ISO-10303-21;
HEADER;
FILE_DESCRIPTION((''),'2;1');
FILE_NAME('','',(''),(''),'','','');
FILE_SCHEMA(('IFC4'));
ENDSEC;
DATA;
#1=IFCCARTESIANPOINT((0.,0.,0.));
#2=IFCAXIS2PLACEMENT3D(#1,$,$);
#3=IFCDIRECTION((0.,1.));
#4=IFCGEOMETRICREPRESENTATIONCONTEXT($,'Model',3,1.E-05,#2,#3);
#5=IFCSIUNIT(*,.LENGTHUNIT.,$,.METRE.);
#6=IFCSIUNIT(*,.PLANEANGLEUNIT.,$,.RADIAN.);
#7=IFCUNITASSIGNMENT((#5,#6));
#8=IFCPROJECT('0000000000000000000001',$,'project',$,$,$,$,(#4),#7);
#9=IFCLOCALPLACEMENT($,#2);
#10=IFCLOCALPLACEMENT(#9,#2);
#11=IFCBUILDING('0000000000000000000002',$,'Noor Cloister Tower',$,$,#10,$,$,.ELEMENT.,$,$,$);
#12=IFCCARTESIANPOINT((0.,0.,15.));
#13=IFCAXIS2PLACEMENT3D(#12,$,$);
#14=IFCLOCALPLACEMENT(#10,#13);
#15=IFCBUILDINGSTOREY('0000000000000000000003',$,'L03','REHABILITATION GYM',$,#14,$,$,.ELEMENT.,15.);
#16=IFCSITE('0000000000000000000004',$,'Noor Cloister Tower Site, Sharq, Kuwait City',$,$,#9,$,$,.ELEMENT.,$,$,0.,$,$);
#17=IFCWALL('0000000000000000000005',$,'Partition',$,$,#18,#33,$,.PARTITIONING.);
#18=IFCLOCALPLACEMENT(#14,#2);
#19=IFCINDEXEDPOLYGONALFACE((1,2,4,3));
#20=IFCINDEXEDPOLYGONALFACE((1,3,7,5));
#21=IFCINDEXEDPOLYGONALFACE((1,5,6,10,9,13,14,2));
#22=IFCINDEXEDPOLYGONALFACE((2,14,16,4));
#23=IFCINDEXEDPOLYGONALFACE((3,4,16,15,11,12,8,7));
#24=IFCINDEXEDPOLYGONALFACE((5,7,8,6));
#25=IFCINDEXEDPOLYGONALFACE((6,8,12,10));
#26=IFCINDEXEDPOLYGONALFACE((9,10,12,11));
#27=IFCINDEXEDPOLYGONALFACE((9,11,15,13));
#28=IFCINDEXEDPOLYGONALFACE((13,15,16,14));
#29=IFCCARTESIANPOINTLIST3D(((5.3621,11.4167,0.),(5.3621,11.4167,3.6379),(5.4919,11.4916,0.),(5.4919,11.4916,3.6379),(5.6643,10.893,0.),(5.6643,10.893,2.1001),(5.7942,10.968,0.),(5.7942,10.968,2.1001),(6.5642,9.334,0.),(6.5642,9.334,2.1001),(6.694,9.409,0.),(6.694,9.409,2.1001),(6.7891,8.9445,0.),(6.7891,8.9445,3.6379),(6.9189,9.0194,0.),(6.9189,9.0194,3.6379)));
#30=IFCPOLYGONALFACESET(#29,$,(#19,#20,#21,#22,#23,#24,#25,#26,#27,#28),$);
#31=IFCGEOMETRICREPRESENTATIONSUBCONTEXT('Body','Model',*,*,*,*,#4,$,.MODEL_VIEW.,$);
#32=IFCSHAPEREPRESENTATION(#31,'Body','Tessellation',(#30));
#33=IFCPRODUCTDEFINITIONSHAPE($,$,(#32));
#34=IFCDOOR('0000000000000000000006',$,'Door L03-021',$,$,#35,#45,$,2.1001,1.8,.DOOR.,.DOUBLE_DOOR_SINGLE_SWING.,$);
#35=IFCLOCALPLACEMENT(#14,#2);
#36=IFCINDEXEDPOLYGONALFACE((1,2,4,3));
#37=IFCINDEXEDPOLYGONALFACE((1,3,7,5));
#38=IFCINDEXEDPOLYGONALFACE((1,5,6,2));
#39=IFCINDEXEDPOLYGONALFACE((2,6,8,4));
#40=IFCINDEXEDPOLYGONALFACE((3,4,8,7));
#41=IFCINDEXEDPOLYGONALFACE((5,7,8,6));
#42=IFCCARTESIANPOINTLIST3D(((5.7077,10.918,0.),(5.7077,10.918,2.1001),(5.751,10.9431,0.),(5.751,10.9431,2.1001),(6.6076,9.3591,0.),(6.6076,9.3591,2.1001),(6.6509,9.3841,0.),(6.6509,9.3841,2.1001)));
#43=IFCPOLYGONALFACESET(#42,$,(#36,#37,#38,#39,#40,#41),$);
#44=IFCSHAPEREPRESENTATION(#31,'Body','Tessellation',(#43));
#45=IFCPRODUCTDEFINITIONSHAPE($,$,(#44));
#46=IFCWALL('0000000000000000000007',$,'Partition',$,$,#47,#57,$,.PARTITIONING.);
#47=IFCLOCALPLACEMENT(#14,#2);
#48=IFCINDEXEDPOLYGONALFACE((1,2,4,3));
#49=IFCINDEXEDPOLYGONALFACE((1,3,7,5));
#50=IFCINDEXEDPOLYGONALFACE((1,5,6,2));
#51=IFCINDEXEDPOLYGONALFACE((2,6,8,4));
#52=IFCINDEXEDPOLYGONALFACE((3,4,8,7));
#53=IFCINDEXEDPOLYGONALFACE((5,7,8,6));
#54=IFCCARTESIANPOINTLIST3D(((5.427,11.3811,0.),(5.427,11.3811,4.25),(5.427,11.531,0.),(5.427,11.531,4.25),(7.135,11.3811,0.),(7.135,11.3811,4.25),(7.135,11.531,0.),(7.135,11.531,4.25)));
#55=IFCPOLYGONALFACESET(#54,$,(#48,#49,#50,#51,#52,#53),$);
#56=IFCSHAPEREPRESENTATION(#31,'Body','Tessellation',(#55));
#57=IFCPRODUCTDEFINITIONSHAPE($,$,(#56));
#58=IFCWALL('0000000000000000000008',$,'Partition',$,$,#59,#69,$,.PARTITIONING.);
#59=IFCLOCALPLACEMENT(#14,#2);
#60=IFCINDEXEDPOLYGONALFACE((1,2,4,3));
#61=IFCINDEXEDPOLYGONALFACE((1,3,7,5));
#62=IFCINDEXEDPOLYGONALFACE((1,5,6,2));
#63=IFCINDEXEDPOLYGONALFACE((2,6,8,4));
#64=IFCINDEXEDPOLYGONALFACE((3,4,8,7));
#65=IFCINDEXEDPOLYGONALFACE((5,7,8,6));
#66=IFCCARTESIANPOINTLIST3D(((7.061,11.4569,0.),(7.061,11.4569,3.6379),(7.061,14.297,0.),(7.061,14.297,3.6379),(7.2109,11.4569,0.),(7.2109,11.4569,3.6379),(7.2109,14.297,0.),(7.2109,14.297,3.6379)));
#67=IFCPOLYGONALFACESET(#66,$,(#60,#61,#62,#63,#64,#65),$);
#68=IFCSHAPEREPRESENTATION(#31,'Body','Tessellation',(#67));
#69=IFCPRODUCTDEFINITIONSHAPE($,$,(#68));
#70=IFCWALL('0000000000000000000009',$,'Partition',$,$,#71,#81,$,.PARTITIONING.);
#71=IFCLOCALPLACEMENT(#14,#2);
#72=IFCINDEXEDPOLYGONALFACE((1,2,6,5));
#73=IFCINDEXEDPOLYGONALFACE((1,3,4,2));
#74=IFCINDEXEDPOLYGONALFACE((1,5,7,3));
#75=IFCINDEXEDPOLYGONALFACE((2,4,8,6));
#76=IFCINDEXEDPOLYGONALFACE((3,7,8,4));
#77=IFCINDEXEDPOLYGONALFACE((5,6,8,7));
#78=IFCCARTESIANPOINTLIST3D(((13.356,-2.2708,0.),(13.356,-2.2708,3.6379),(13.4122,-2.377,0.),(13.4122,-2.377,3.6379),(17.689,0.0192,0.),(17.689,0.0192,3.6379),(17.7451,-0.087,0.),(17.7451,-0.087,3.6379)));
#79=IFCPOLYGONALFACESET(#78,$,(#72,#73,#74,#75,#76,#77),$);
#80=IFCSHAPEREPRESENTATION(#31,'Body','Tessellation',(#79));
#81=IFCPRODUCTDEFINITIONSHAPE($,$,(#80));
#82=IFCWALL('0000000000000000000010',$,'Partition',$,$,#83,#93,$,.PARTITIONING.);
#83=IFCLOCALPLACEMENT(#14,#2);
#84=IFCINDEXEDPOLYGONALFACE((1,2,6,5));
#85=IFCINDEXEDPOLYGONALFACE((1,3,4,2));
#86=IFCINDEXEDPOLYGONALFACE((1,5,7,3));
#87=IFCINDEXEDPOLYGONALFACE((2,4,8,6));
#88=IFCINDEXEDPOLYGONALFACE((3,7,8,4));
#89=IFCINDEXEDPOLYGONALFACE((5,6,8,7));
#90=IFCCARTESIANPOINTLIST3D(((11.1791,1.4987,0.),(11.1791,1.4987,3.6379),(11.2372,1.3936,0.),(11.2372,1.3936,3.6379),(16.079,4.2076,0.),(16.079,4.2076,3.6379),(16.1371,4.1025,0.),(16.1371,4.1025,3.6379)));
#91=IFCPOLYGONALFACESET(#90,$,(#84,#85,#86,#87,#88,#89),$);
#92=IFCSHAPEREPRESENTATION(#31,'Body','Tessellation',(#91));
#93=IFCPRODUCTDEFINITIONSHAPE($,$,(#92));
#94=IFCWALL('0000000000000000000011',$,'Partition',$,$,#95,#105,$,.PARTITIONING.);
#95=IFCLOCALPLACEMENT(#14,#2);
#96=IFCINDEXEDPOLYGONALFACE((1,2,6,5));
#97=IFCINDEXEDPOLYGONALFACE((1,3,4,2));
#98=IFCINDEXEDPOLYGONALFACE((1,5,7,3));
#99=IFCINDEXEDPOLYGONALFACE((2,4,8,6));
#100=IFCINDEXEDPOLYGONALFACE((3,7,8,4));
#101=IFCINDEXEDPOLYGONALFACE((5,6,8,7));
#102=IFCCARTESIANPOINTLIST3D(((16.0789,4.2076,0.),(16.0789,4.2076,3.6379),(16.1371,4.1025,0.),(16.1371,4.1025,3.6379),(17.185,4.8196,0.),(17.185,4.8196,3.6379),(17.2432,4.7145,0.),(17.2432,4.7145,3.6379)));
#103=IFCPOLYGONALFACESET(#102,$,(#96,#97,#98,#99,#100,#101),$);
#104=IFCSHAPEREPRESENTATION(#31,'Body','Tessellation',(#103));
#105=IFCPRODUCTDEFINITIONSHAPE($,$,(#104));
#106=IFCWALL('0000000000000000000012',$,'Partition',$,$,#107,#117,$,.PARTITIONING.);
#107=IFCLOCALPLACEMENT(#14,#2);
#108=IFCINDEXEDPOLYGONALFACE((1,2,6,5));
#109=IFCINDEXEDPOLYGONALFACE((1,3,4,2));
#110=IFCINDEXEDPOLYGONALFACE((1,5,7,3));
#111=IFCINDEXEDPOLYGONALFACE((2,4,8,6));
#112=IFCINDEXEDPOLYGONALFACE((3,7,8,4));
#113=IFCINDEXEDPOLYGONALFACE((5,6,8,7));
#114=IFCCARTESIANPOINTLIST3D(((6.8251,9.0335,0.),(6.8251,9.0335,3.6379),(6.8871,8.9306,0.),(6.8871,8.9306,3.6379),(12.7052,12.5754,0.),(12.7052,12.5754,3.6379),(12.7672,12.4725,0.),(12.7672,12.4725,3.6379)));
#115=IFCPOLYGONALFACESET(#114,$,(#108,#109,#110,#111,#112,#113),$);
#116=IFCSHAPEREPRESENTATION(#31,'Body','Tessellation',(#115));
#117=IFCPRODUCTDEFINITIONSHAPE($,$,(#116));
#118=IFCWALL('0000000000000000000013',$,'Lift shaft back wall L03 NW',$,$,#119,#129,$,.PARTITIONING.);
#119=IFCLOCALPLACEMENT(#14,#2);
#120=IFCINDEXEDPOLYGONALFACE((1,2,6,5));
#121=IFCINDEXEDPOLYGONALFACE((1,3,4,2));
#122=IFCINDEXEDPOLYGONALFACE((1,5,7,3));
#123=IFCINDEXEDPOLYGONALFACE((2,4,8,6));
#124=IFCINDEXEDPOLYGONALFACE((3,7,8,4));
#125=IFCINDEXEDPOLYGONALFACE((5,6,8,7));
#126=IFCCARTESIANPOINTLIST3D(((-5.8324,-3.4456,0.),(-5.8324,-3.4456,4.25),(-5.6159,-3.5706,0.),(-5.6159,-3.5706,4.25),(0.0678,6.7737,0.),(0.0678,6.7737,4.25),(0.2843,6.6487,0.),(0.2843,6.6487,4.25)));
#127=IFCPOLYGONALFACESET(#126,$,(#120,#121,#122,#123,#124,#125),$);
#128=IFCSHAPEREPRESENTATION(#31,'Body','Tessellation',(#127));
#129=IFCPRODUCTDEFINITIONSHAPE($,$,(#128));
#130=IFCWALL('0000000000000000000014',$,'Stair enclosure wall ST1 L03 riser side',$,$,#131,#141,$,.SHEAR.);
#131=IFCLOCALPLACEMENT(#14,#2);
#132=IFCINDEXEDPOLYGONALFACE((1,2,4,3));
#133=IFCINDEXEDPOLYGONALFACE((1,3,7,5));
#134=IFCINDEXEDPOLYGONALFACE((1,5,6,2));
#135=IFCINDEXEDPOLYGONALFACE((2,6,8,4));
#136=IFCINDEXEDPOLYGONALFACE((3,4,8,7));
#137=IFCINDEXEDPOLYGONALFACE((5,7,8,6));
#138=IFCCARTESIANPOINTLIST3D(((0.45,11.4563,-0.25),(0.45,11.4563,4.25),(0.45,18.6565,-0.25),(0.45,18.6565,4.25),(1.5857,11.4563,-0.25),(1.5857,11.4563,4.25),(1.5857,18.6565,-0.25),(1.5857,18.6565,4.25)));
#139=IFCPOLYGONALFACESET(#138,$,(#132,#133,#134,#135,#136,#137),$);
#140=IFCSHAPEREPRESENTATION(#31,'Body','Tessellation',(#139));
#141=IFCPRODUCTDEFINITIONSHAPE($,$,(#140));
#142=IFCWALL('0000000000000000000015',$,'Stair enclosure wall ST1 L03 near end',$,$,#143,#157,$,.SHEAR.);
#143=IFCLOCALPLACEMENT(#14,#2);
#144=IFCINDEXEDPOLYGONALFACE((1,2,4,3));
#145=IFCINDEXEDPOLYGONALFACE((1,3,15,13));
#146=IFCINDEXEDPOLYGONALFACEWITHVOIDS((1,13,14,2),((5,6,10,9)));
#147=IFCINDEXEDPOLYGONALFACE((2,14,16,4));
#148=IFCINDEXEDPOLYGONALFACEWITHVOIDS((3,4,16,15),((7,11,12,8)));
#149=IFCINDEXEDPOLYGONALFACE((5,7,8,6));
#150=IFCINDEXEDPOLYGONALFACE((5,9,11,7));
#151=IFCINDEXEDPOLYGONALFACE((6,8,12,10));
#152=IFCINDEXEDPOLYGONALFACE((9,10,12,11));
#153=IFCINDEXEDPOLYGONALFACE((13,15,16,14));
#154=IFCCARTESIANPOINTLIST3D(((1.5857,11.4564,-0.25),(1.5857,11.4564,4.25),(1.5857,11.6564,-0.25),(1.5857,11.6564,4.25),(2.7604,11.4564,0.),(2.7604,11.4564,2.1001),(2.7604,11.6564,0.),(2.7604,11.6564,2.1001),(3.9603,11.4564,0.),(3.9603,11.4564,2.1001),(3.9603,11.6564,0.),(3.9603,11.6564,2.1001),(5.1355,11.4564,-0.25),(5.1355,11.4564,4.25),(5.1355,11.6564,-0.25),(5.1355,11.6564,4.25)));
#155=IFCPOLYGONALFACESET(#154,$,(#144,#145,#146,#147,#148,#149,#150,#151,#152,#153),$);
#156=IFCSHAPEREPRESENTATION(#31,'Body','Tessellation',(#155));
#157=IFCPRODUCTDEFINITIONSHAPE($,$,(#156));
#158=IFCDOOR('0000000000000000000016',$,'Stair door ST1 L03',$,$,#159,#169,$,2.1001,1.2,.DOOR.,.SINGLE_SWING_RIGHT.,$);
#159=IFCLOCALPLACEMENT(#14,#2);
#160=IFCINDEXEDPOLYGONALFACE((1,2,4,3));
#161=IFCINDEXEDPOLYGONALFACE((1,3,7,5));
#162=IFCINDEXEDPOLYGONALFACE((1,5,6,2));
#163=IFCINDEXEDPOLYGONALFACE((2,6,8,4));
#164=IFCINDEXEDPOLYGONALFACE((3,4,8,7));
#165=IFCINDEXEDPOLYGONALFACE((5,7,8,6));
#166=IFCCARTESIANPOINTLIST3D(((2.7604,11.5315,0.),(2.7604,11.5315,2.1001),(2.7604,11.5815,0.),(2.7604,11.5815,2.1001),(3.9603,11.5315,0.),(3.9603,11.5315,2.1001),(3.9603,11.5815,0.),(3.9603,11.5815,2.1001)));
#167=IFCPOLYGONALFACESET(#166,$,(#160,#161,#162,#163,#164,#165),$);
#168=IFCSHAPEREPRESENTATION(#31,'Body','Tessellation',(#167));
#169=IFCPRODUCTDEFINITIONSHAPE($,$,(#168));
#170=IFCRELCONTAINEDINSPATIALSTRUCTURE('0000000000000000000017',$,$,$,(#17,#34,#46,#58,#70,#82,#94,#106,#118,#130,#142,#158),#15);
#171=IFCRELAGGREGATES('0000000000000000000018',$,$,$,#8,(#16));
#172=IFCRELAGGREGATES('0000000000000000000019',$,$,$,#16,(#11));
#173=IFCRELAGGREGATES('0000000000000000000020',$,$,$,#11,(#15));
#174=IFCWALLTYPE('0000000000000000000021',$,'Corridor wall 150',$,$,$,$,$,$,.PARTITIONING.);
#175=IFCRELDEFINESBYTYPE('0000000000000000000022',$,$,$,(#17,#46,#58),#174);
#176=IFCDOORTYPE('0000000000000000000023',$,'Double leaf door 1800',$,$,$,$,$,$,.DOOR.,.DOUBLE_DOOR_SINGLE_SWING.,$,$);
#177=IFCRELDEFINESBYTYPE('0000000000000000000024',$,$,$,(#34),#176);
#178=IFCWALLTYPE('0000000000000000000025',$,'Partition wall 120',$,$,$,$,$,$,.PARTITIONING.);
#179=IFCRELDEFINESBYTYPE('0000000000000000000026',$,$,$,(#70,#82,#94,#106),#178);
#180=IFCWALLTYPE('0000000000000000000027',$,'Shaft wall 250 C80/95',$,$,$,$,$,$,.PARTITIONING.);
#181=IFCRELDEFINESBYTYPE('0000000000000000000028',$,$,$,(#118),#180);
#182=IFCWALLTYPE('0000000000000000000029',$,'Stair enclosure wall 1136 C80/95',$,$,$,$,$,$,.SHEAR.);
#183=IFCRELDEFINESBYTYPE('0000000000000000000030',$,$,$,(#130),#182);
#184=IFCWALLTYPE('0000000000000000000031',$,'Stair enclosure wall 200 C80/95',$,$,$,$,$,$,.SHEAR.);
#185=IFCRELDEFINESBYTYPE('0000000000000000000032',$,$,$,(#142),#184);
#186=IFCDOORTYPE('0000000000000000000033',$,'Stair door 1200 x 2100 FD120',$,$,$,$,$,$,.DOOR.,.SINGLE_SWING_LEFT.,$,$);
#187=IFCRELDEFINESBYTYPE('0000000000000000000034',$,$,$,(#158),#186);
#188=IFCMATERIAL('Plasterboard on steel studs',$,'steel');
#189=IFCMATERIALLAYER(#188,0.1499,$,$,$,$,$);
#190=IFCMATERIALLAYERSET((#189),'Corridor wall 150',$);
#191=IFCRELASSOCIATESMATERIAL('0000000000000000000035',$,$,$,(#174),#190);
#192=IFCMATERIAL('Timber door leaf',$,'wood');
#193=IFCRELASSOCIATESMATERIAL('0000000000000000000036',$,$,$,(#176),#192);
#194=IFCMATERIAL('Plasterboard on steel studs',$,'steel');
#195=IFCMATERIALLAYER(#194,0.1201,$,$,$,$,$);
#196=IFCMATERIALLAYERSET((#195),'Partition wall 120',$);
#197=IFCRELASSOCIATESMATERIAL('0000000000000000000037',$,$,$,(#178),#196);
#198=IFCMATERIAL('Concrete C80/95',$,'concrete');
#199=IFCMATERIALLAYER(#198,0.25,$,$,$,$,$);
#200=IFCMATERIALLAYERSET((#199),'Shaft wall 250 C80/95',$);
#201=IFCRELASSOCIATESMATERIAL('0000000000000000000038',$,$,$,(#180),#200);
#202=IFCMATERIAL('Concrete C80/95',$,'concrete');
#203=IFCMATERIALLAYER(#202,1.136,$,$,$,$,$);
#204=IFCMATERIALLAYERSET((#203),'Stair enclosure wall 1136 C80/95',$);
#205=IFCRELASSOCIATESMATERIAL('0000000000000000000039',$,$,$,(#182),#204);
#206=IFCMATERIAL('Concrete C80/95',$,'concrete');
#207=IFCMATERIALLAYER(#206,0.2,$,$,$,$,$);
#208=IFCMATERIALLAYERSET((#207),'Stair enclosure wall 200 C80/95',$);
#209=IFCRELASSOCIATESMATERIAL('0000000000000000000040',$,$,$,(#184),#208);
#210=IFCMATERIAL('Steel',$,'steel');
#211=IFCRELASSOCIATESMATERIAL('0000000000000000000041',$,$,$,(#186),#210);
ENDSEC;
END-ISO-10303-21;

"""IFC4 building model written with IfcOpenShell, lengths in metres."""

from ifc_helpers import new_model, si_unit, direction, frame, frame_2d, origin, place, context, subcontext, project, spatial, rectangle, extrude, material, layer, layer_set, type_object, element, fill, save


model = new_model("IFC4")

# Units and contexts
model_context = context("Model", 3, precision=1e-05, world=origin(), true_north=direction((0.0, 1.0)))
body_context = subcontext(model_context, "Body", "Model", "MODEL_VIEW")
ifc_project = project(units=[si_unit("LENGTHUNIT", "METRE"), si_unit("PLANEANGLEUNIT", "RADIAN")], contexts=[model_context])

# Site, building, storey
site_placement = place(None, origin())
site = spatial("IfcSite", under=ifc_project, at=site_placement, Name="Noor Cloister Tower Site, Sharq, Kuwait City", CompositionType="ELEMENT", RefElevation=0.0)
building_placement = place(site_placement, origin())
building = spatial("IfcBuilding", under=site, at=building_placement, Name="Noor Cloister Tower", CompositionType="ELEMENT")
storey_placement = place(building_placement, frame((0.0, 0.0, 15.0)))
storey = spatial("IfcBuildingStorey", under=building, at=storey_placement, Name="L03", Description="REHABILITATION GYM", CompositionType="ELEMENT", Elevation=15.0)

# Wall, opening, door
ifc_material_1 = material(Name="Plasterboard on steel studs", Category="steel")
ifc_layer_1 = layer(ifc_material_1, 0.1499)
ifc_layer_set_1 = layer_set([ifc_layer_1], Name="Corridor wall 150")
wall_type_1 = type_object("IfcWallType", Name="Corridor wall 150", PredefinedType="PARTITIONING", material=ifc_layer_set_1)
ifc_material_2 = material(Name="Timber door leaf", Category="wood")
door_type_1 = type_object("IfcDoorType", Name="Double leaf door 1800", OperationType="DOUBLE_DOOR_SINGLE_SWING", PredefinedType="DOOR", material=ifc_material_2)
wall_1_placement = place(storey_placement, frame((6.854, 8.9819, 0.0), z_axis=(0.0, 0.0, 1.0), x_axis=(-0.49992, 0.866072, 0.0)))
wall_1 = element("IfcWall", 1, at=wall_1_placement, inside=storey, type_object=wall_type_1, Name="Partition", PredefinedType="PARTITIONING", context=body_context, shape_type="SweptSolid", body=[
    extrude(rectangle(XDim=2.8545, YDim=0.1499, at=frame_2d((1.4272, 0.0))), origin(), (0.0, 0.0, 1.0), 3.6379),
])
opening_1_placement = place(wall_1_placement, frame((0.45, 0.0, 0.0)))
opening_1 = element("IfcOpeningElement", 2, at=opening_1_placement, cuts=wall_1, PredefinedType="OPENING", context=body_context, shape_type="SweptSolid", body=[
    extrude(rectangle(XDim=1.8, YDim=2.1001, at=frame_2d((0.8999, 1.05))), frame((0.0, 0.085, 0.0), z_axis=(0.0, -1.0, 0.0), x_axis=(1.0, 0.0, 0.0)), (0.0, 0.0, 1.0), 0.1699),
])
door_1_placement = place(opening_1_placement, origin())
door_1 = element("IfcDoor", 3, at=door_1_placement, inside=storey, type_object=door_type_1, Name="Door L03-021", OperationType="DOUBLE_DOOR_SINGLE_SWING", OverallHeight=2.1001, OverallWidth=1.8, PredefinedType="DOOR", context=body_context, shape_type="SweptSolid", body=[
    extrude(rectangle(XDim=1.8, YDim=2.1001, at=frame_2d((0.8999, 1.05))), frame((0.0, 0.0249, 0.0), z_axis=(0.0, -1.0, 0.0), x_axis=(1.0, 0.0, 0.0)), (0.0, 0.0, 1.0), 0.05),
])
fill(opening_1, door_1)

# Walls
wall_2_placement = place(storey_placement, frame((5.427, 11.4561, 0.0), z_axis=(0.0, 0.0, 1.0), x_axis=(1.0, 0.0, 0.0)))
element("IfcWall", 4, at=wall_2_placement, inside=storey, type_object=wall_type_1, Name="Partition", PredefinedType="PARTITIONING", context=body_context, shape_type="SweptSolid", body=[
    extrude(rectangle(XDim=1.708, YDim=0.1499, at=frame_2d((0.854, 0.0))), origin(), (0.0, 0.0, 1.0), 4.25),
])
wall_3_placement = place(storey_placement, frame((7.136, 11.457, 0.0), z_axis=(0.0, 0.0, 1.0), x_axis=(0.0, 1.0, 0.0)))
element("IfcWall", 5, at=wall_3_placement, inside=storey, type_object=wall_type_1, Name="Partition", PredefinedType="PARTITIONING", context=body_context, shape_type="SweptSolid", body=[
    extrude(rectangle(XDim=2.8401, YDim=0.1499, at=frame_2d((1.4199, 0.0))), origin(), (0.0, 0.0, 1.0), 3.6379),
])
ifc_material_3 = material(Name="Plasterboard on steel studs", Category="steel")
ifc_layer_2 = layer(ifc_material_3, 0.1201)
ifc_layer_set_2 = layer_set([ifc_layer_2], Name="Partition wall 120")
wall_type_2 = type_object("IfcWallType", Name="Partition wall 120", PredefinedType="PARTITIONING", material=ifc_layer_set_2)
wall_4_placement = place(storey_placement, frame((17.717, -0.0339, 0.0), z_axis=(0.0, 0.0, 1.0), x_axis=(-0.884117, -0.467265, 0.0)))
element("IfcWall", 6, at=wall_4_placement, inside=storey, type_object=wall_type_2, Name="Partition", PredefinedType="PARTITIONING", context=body_context, shape_type="SweptSolid", body=[
    extrude(rectangle(XDim=4.9009, YDim=0.1201, at=frame_2d((2.4504, 0.0))), origin(), (0.0, 0.0, 1.0), 3.6379),
])
wall_5_placement = place(storey_placement, frame((16.1079, 4.155, 0.0), z_axis=(0.0, 0.0, 1.0), x_axis=(-0.875155, -0.483843, 0.0)))
element("IfcWall", 7, at=wall_5_placement, inside=storey, type_object=wall_type_2, Name="Partition", PredefinedType="PARTITIONING", context=body_context, shape_type="SweptSolid", body=[
    extrude(rectangle(XDim=5.5989, YDim=0.1201, at=frame_2d((2.7993, 0.0))), origin(), (0.0, 0.0, 1.0), 3.6379),
])
wall_6_placement = place(storey_placement, frame((17.2141, 4.7671, 0.0), z_axis=(0.0, 0.0, 1.0), x_axis=(-0.874994, -0.484134, 0.0)))
element("IfcWall", 8, at=wall_6_placement, inside=storey, type_object=wall_type_2, Name="Partition", PredefinedType="PARTITIONING", context=body_context, shape_type="SweptSolid", body=[
    extrude(rectangle(XDim=1.2642, YDim=0.1201, at=frame_2d((0.6321, 0.0))), origin(), (0.0, 0.0, 1.0), 3.6379),
])
wall_7_placement = place(storey_placement, frame((12.7361, 12.5239, 0.0), z_axis=(0.0, 0.0, 1.0), x_axis=(-0.856597, -0.515986, 0.0)))
element("IfcWall", 9, at=wall_7_placement, inside=storey, type_object=wall_type_2, Name="Partition", PredefinedType="PARTITIONING", context=body_context, shape_type="SweptSolid", body=[
    extrude(rectangle(XDim=6.8645, YDim=0.1201, at=frame_2d((3.4321, 0.0))), origin(), (0.0, 0.0, 1.0), 3.6379),
])
ifc_material_4 = material(Name="Concrete C80/95", Category="concrete")
ifc_layer_3 = layer(ifc_material_4, 0.25)
ifc_layer_set_3 = layer_set([ifc_layer_3], Name="Shaft wall 250 C80/95")
wall_type_3 = type_object("IfcWallType", Name="Shaft wall 250 C80/95", PredefinedType="PARTITIONING", material=ifc_layer_set_3)
wall_8_placement = place(storey_placement, frame((0.176, 6.7112, 0.0), z_axis=(0.0, 0.0, 1.0), x_axis=(-0.500004, -0.866023, 0.0)))
element("IfcWall", 10, at=wall_8_placement, inside=storey, type_object=wall_type_3, Name="Lift shaft back wall L03 NW", PredefinedType="PARTITIONING", context=body_context, shape_type="SweptSolid", body=[
    extrude(rectangle(XDim=11.8003, YDim=0.25, at=frame_2d((5.9001, 0.0))), origin(), (0.0, 0.0, 1.0), 4.25),
])
ifc_material_5 = material(Name="Concrete C80/95", Category="concrete")
ifc_layer_4 = layer(ifc_material_5, 1.136)
ifc_layer_set_4 = layer_set([ifc_layer_4], Name="Stair enclosure wall 1136 C80/95")
wall_type_4 = type_object("IfcWallType", Name="Stair enclosure wall 1136 C80/95", PredefinedType="SHEAR", material=ifc_layer_set_4)
wall_9_placement = place(storey_placement, frame((1.0178, 11.4563, -0.25), z_axis=(0.0, 0.0, 1.0), x_axis=(0.0, 1.0, 0.0)))
element("IfcWall", 11, at=wall_9_placement, inside=storey, type_object=wall_type_4, Name="Stair enclosure wall ST1 L03 riser side", PredefinedType="SHEAR", context=body_context, shape_type="SweptSolid", body=[
    extrude(rectangle(XDim=7.2002, YDim=1.1357, at=frame_2d((3.6001, 0.0))), origin(), (0.0, 0.0, 1.0), 4.5),
])

# Wall, opening, door
ifc_material_6 = material(Name="Concrete C80/95", Category="concrete")
ifc_layer_5 = layer(ifc_material_6, 0.2)
ifc_layer_set_5 = layer_set([ifc_layer_5], Name="Stair enclosure wall 200 C80/95")
wall_type_5 = type_object("IfcWallType", Name="Stair enclosure wall 200 C80/95", PredefinedType="SHEAR", material=ifc_layer_set_5)
wall_10_placement = place(storey_placement, frame((5.1355, 11.5564, -0.25), z_axis=(0.0, 0.0, 1.0), x_axis=(-1.0, 0.0, 0.0)))
wall_10 = element("IfcWall", 12, at=wall_10_placement, inside=storey, type_object=wall_type_5, Name="Stair enclosure wall ST1 L03 near end", PredefinedType="SHEAR", context=body_context, shape_type="SweptSolid", body=[
    extrude(rectangle(XDim=3.5498, YDim=0.2, at=frame_2d((1.7749, 0.0))), origin(), (0.0, 0.0, 1.0), 4.5),
])
opening_2_placement = place(wall_10_placement, frame((1.175, 0.0, 0.25)))
opening_2 = element("IfcOpeningElement", 13, at=opening_2_placement, cuts=wall_10, PredefinedType="OPENING", context=body_context, shape_type="SweptSolid", body=[
    extrude(rectangle(XDim=1.2, YDim=2.1001, at=frame_2d((0.6001, 1.05))), frame((0.0, 0.1099, 0.0), z_axis=(0.0, -1.0, 0.0), x_axis=(1.0, 0.0, 0.0)), (0.0, 0.0, 1.0), 0.22),
])
ifc_material_7 = material(Name="Steel", Category="steel")
door_type_2 = type_object("IfcDoorType", Name="Stair door 1200 x 2100 FD120", OperationType="SINGLE_SWING_LEFT", PredefinedType="DOOR", material=ifc_material_7)
door_2_placement = place(opening_2_placement, origin())
door_2 = element("IfcDoor", 14, at=door_2_placement, inside=storey, type_object=door_type_2, Name="Stair door ST1 L03", OperationType="SINGLE_SWING_RIGHT", OverallHeight=2.1001, OverallWidth=1.2, PredefinedType="DOOR", context=body_context, shape_type="SweptSolid", body=[
    extrude(rectangle(XDim=1.2, YDim=2.1001, at=frame_2d((0.6001, 1.05))), frame((0.0, 0.0249, 0.0), z_axis=(0.0, -1.0, 0.0), x_axis=(1.0, 0.0, 0.0)), (0.0, 0.0, 1.0), 0.05),
])
fill(opening_2, door_2)

save(model, "model.ifc")
